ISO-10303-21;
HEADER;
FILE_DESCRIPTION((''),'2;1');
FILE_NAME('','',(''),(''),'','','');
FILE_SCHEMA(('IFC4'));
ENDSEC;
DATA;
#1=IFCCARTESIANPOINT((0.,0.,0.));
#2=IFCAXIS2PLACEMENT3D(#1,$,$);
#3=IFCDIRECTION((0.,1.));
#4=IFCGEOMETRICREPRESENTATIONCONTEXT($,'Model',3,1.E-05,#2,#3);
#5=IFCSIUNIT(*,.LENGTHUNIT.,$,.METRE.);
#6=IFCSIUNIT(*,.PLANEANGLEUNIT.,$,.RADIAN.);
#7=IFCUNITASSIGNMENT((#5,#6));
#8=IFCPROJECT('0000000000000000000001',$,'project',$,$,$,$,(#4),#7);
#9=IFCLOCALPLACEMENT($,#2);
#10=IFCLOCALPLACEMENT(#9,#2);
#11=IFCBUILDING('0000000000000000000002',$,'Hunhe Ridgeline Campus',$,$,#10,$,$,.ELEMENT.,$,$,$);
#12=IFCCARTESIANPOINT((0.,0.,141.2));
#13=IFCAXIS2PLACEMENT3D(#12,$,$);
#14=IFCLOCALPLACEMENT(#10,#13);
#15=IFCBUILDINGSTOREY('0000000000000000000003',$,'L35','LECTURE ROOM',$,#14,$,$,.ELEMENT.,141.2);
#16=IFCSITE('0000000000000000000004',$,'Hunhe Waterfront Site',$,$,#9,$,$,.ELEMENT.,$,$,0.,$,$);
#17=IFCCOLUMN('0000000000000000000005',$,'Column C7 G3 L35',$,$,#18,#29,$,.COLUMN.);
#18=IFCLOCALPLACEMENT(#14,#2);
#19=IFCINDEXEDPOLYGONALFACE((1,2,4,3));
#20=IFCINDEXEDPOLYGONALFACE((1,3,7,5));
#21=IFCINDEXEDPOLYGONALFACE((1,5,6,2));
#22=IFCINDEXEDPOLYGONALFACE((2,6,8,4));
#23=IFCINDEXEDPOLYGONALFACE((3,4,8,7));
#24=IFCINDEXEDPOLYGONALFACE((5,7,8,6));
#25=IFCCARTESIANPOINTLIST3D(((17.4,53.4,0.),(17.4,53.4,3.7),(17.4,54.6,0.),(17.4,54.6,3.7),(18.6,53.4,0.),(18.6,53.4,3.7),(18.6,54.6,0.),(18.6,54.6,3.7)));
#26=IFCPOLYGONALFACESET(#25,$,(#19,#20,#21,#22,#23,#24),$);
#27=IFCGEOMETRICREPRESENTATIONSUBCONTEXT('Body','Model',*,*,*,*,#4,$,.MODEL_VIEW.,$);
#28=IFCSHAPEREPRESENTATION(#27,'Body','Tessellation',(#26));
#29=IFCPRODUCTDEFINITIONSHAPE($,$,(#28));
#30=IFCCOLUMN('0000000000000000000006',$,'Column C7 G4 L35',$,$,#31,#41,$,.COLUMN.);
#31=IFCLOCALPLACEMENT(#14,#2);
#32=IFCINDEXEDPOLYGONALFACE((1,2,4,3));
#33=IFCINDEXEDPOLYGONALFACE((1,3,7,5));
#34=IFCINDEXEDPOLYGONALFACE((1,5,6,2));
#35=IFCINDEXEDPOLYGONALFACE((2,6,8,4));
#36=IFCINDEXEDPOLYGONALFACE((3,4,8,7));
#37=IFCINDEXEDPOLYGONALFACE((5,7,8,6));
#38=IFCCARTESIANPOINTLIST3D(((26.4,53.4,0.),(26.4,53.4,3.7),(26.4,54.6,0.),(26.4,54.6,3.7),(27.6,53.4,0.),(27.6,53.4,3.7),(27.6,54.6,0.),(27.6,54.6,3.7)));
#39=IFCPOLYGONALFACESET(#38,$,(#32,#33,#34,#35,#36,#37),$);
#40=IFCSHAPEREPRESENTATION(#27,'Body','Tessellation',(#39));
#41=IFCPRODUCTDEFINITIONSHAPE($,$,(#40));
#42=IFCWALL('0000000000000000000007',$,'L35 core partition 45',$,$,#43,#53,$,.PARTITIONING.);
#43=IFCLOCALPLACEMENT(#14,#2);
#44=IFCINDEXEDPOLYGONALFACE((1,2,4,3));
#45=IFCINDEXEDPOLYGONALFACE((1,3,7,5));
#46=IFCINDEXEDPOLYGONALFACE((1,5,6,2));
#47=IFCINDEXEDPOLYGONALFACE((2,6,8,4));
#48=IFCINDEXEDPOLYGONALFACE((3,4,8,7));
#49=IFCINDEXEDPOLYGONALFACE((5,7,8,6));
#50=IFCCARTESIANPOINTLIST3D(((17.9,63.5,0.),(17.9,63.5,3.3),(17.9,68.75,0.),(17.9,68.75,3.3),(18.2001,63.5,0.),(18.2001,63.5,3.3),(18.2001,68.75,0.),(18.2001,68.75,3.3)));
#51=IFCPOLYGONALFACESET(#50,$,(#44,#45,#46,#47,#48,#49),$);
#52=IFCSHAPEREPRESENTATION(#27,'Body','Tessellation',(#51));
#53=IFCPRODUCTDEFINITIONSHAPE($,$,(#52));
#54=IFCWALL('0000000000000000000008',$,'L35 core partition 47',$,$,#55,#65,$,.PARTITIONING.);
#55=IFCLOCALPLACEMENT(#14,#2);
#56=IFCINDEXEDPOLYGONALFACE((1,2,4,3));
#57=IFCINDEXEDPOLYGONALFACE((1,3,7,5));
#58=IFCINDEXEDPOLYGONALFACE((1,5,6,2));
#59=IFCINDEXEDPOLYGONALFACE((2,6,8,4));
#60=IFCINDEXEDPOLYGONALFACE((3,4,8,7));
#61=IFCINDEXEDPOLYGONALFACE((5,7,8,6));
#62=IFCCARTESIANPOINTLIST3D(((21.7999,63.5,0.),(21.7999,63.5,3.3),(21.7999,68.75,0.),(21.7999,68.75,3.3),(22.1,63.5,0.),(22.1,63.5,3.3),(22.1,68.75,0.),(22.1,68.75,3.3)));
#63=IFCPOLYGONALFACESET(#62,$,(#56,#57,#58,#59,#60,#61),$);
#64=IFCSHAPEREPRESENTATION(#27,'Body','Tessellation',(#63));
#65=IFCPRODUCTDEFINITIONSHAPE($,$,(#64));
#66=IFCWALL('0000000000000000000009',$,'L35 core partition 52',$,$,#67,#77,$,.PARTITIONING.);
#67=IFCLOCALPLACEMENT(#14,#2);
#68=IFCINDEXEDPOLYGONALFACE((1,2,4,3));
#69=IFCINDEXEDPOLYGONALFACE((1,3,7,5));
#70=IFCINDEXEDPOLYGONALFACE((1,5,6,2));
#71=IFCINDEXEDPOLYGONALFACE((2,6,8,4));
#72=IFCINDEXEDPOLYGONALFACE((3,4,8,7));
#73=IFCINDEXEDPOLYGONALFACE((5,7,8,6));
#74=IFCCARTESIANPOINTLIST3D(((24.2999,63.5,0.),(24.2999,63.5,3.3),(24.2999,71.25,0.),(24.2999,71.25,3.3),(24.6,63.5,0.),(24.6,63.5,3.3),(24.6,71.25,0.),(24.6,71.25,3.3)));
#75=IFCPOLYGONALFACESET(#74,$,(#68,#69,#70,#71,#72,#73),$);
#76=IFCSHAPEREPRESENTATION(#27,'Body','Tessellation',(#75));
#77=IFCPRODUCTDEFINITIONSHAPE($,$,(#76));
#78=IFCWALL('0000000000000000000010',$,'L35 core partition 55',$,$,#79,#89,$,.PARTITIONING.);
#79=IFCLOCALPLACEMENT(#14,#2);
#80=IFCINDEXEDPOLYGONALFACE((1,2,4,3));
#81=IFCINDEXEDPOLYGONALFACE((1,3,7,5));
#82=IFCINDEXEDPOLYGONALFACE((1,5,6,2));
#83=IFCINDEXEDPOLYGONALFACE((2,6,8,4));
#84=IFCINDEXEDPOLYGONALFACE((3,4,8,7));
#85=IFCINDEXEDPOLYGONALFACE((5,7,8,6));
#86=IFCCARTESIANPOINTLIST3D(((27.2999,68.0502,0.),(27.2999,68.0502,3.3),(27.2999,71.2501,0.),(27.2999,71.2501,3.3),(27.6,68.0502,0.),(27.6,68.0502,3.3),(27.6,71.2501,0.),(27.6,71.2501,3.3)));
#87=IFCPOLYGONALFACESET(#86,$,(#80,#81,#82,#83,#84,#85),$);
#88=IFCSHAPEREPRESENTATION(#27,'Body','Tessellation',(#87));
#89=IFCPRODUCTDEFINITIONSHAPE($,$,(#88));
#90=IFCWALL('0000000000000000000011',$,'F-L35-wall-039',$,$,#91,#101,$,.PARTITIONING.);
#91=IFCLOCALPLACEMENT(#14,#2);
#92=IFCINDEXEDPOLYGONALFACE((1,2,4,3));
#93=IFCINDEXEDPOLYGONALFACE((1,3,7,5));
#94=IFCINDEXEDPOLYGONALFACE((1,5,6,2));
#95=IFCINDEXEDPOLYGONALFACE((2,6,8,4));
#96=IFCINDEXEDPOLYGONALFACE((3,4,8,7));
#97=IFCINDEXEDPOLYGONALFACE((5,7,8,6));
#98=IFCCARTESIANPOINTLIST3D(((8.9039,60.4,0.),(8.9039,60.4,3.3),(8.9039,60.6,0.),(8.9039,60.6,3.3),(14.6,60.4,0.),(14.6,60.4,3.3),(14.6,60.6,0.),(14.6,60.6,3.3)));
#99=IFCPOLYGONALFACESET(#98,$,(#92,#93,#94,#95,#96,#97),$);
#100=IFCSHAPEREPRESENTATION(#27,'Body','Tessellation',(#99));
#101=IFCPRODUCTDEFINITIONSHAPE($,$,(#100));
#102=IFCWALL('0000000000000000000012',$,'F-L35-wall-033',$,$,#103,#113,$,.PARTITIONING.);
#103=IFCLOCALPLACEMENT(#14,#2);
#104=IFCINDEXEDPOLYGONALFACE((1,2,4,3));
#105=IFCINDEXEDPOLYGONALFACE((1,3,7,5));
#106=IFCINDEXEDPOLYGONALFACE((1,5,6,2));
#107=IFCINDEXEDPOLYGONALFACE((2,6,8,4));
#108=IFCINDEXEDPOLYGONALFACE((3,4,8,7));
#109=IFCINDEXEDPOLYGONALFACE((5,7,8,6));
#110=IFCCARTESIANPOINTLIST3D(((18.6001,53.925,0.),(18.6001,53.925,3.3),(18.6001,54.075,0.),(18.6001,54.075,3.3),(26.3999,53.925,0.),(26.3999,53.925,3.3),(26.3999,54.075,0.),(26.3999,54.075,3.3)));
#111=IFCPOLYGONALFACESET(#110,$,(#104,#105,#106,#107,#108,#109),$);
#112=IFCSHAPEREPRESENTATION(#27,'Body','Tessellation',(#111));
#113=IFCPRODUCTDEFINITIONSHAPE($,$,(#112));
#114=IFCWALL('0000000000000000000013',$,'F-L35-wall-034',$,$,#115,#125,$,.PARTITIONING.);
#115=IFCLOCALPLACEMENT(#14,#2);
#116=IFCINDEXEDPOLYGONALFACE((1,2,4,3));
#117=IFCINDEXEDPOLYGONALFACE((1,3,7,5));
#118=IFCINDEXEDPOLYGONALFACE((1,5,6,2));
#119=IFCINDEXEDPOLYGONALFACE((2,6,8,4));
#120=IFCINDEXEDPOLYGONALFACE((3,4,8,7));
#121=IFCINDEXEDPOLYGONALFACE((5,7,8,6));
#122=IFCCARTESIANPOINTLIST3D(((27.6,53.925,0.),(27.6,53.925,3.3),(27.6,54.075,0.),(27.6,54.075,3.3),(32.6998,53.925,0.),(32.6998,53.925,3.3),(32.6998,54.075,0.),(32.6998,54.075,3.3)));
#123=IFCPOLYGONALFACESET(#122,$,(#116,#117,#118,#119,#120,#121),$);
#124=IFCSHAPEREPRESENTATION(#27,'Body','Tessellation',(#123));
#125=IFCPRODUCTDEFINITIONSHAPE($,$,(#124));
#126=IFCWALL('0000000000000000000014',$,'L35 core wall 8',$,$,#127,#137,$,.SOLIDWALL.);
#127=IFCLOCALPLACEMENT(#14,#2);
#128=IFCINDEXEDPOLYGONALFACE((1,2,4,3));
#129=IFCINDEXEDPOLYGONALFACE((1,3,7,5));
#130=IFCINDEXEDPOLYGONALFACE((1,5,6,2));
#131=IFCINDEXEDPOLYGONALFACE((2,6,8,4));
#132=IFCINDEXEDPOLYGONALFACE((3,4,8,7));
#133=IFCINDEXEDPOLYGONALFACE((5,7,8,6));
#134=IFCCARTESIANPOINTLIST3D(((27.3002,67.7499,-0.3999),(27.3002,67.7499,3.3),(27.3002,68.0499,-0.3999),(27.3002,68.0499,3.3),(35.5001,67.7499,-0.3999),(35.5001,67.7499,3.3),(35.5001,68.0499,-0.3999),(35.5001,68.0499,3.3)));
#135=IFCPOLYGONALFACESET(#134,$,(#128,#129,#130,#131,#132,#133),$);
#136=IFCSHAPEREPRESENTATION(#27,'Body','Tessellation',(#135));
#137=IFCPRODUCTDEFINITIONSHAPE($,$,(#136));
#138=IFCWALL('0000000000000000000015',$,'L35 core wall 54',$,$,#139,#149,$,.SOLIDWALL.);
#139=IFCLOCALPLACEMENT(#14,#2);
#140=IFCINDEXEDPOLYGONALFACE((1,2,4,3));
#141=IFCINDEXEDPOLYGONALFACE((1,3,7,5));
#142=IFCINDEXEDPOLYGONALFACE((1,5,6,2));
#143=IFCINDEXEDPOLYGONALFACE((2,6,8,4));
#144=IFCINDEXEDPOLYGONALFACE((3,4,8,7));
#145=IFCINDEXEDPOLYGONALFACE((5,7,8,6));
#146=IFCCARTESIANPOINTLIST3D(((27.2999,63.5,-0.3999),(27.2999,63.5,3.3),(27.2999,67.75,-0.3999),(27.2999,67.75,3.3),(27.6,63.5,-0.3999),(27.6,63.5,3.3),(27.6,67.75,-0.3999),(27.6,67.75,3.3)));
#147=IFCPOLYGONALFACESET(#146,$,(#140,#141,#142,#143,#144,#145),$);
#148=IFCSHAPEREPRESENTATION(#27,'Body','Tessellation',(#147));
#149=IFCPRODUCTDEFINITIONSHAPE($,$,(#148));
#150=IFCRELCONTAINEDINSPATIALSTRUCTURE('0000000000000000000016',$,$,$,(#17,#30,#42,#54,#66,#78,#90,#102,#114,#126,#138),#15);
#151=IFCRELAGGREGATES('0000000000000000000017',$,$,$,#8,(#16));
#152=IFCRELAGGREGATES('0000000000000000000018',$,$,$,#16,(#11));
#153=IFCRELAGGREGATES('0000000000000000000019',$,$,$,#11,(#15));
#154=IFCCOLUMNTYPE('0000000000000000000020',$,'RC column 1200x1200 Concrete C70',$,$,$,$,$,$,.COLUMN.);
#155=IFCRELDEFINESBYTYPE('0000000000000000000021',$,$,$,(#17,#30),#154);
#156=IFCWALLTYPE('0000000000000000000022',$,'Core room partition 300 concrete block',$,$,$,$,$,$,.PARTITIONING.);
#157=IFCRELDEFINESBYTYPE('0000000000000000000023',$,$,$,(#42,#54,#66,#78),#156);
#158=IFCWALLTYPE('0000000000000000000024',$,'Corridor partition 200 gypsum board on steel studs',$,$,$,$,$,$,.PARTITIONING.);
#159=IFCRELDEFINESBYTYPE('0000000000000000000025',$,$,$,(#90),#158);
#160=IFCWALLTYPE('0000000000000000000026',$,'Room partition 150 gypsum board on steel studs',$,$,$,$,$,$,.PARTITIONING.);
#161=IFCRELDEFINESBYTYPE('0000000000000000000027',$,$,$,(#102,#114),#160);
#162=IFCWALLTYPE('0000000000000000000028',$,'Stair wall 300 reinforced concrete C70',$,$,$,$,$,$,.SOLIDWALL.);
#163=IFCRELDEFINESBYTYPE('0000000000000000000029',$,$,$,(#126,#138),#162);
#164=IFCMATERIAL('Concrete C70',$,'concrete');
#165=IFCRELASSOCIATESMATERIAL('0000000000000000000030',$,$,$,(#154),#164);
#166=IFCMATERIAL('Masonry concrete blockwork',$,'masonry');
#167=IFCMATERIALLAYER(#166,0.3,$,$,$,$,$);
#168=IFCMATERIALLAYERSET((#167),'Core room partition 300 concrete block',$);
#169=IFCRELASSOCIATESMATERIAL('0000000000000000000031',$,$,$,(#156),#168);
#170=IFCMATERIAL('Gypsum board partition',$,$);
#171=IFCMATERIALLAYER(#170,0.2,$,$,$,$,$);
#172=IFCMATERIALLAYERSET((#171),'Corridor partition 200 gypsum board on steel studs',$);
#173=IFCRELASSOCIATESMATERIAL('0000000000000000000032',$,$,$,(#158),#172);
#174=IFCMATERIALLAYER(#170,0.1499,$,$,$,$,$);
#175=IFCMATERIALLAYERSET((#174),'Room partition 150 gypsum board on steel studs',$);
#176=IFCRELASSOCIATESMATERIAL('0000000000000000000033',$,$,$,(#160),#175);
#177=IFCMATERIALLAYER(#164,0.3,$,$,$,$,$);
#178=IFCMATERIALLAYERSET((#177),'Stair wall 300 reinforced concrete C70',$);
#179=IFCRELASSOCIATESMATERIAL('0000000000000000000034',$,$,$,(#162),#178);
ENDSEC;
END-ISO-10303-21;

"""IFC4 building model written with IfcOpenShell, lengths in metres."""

from ifc_helpers import new_model, si_unit, direction, frame, frame_2d, origin, origin_2d, place, context, subcontext, project, spatial, rectangle, extrude, material, layer, layer_set, material_profile, profile_set, type_object, element, save


model = new_model("IFC4")

# Units and contexts
model_context = context("Model", 3, precision=1e-05, world=origin(), true_north=direction((0.0, 1.0)))
body_context = subcontext(model_context, "Body", "Model", "MODEL_VIEW")
ifc_project = project(units=[si_unit("LENGTHUNIT", "METRE"), si_unit("PLANEANGLEUNIT", "RADIAN")], contexts=[model_context])

# Site, building, storey
site_placement = place(None, origin())
site = spatial("IfcSite", under=ifc_project, at=site_placement, Name="Hunhe Waterfront Site", CompositionType="ELEMENT", RefElevation=0.0)
building_placement = place(site_placement, origin())
building = spatial("IfcBuilding", under=site, at=building_placement, Name="Hunhe Ridgeline Campus", CompositionType="ELEMENT")
storey_placement = place(building_placement, frame((0.0, 0.0, 141.2)))
storey = spatial("IfcBuildingStorey", under=building, at=storey_placement, Name="L35", Description="LECTURE ROOM", CompositionType="ELEMENT", Elevation=141.2)

# Columns
ifc_material_1 = material(Name="Concrete C70", Category="concrete")
ifc_material_profile = material_profile(ifc_material_1, rectangle(XDim=1.2, YDim=1.2, at=origin_2d()))
ifc_profile_set = profile_set([ifc_material_profile], Name="Concrete C70")
column_type = type_object("IfcColumnType", Name="RC column 1200x1200 Concrete C70", PredefinedType="COLUMN", material=ifc_profile_set)
for number, where, z_axis, x_axis, name in (
    (1, (18.0, 54.0, 0.0), (0.0, 0.0, 1.0), (1.0, 0.0, 0.0), "Column C7 G3 L35"),
    (2, (27.0, 54.0, 0.0), (0.0, 0.0, 1.0), (1.0, 0.0, 0.0), "Column C7 G4 L35"),
):
    element("IfcColumn", number, at=place(storey_placement, frame(where, z_axis=z_axis, x_axis=x_axis)), inside=storey, type_object=column_type, Name=name, PredefinedType="COLUMN", context=body_context, shape_type="SweptSolid", body=[
        extrude(rectangle(XDim=1.2, YDim=1.2, at=origin_2d()), origin(), (0.0, 0.0, 1.0), 3.7),
    ])

# Walls
ifc_material_2 = material(Name="Masonry concrete blockwork", Category="masonry")
ifc_layer_1 = layer(ifc_material_2, 0.3)
ifc_layer_set_1 = layer_set([ifc_layer_1], Name="Core room partition 300 concrete block")
wall_type_1 = type_object("IfcWallType", Name="Core room partition 300 concrete block", PredefinedType="PARTITIONING", material=ifc_layer_set_1)
for number, where, z_axis, x_axis, name in (
    (3, (18.05, 63.5, 0.0), (0.0, 0.0, 1.0), (0.0, 1.0, 0.0), "L35 core partition 45"),
    (4, (21.95, 63.5, 0.0), (0.0, 0.0, 1.0), (0.0, 1.0, 0.0), "L35 core partition 47"),
):
    element("IfcWall", number, at=place(storey_placement, frame(where, z_axis=z_axis, x_axis=x_axis)), inside=storey, type_object=wall_type_1, Name=name, PredefinedType="PARTITIONING", context=body_context, shape_type="SweptSolid", body=[
        extrude(rectangle(XDim=5.25, YDim=0.3, at=frame_2d((2.625, 0.0))), origin(), (0.0, 0.0, 1.0), 3.3),
    ])
wall_1_placement = place(storey_placement, frame((24.45, 63.5, 0.0), z_axis=(0.0, 0.0, 1.0), x_axis=(0.0, 1.0, 0.0)))
element("IfcWall", 5, at=wall_1_placement, inside=storey, type_object=wall_type_1, Name="L35 core partition 52", PredefinedType="PARTITIONING", context=body_context, shape_type="SweptSolid", body=[
    extrude(rectangle(XDim=7.75, YDim=0.3, at=frame_2d((3.875, 0.0))), origin(), (0.0, 0.0, 1.0), 3.3),
])
wall_2_placement = place(storey_placement, frame((27.45, 68.05, 0.0), z_axis=(0.0, 0.0, 1.0), x_axis=(0.0, 1.0, 0.0)))
element("IfcWall", 6, at=wall_2_placement, inside=storey, type_object=wall_type_1, Name="L35 core partition 55", PredefinedType="PARTITIONING", context=body_context, shape_type="SweptSolid", body=[
    extrude(rectangle(XDim=3.2, YDim=0.3, at=frame_2d((1.6001, 0.0))), origin(), (0.0, 0.0, 1.0), 3.3),
])
ifc_material_3 = material(Name="Gypsum board partition")
ifc_layer_2 = layer(ifc_material_3, 0.2)
ifc_layer_set_2 = layer_set([ifc_layer_2], Name="Corridor partition 200 gypsum board on steel studs")
wall_type_2 = type_object("IfcWallType", Name="Corridor partition 200 gypsum board on steel studs", PredefinedType="PARTITIONING", material=ifc_layer_set_2)
wall_3_placement = place(storey_placement, frame((14.6001, 60.5, 0.0), z_axis=(0.0, 0.0, 1.0), x_axis=(-1.0, 0.0, 0.0)))
element("IfcWall", 7, at=wall_3_placement, inside=storey, type_object=wall_type_2, Name="F-L35-wall-039", PredefinedType="PARTITIONING", context=body_context, shape_type="SweptSolid", body=[
    extrude(rectangle(XDim=5.696, YDim=0.2, at=frame_2d((2.8481, 0.0))), origin(), (0.0, 0.0, 1.0), 3.3),
])

# Walls
ifc_layer_3 = layer(ifc_material_3, 0.1499)
ifc_layer_set_3 = layer_set([ifc_layer_3], Name="Room partition 150 gypsum board on steel studs")
wall_type_3 = type_object("IfcWallType", Name="Room partition 150 gypsum board on steel studs", PredefinedType="PARTITIONING", material=ifc_layer_set_3)
wall_4_placement = place(storey_placement, frame((18.6001, 54.0, 0.0), z_axis=(0.0, 0.0, 1.0), x_axis=(1.0, 0.0, 0.0)))
element("IfcWall", 8, at=wall_4_placement, inside=storey, type_object=wall_type_3, Name="F-L35-wall-033", PredefinedType="PARTITIONING", context=body_context, shape_type="SweptSolid", body=[
    extrude(rectangle(XDim=7.7998, YDim=0.1499, at=frame_2d((3.8999, 0.0))), origin(), (0.0, 0.0, 1.0), 3.3),
])
wall_5_placement = place(storey_placement, frame((27.6001, 54.0, 0.0), z_axis=(0.0, 0.0, 1.0), x_axis=(1.0, 0.0, 0.0)))
element("IfcWall", 9, at=wall_5_placement, inside=storey, type_object=wall_type_3, Name="F-L35-wall-034", PredefinedType="PARTITIONING", context=body_context, shape_type="SweptSolid", body=[
    extrude(rectangle(XDim=5.0999, YDim=0.1499, at=frame_2d((2.5498, 0.0))), origin(), (0.0, 0.0, 1.0), 3.3),
])
ifc_layer_4 = layer(ifc_material_1, 0.3)
ifc_layer_set_4 = layer_set([ifc_layer_4], Name="Stair wall 300 reinforced concrete C70")
wall_type_4 = type_object("IfcWallType", Name="Stair wall 300 reinforced concrete C70", PredefinedType="SOLIDWALL", material=ifc_layer_set_4)
wall_6_placement = place(storey_placement, frame((27.3, 67.8999, -0.3999), z_axis=(0.0, 0.0, 1.0), x_axis=(1.0, 0.0, 0.0)))
element("IfcWall", 10, at=wall_6_placement, inside=storey, type_object=wall_type_4, Name="L35 core wall 8", PredefinedType="SOLIDWALL", context=body_context, shape_type="SweptSolid", body=[
    extrude(rectangle(XDim=8.2, YDim=0.3, at=frame_2d((4.1001, 0.0))), origin(), (0.0, 0.0, 1.0), 3.7),
])
wall_7_placement = place(storey_placement, frame((27.45, 63.5, -0.3999), z_axis=(0.0, 0.0, 1.0), x_axis=(0.0, 1.0, 0.0)))
element("IfcWall", 11, at=wall_7_placement, inside=storey, type_object=wall_type_4, Name="L35 core wall 54", PredefinedType="SOLIDWALL", context=body_context, shape_type="SweptSolid", body=[
    extrude(rectangle(XDim=4.25, YDim=0.3, at=frame_2d((2.125, 0.0))), origin(), (0.0, 0.0, 1.0), 3.7),
])

save(model, "model.ifc")
